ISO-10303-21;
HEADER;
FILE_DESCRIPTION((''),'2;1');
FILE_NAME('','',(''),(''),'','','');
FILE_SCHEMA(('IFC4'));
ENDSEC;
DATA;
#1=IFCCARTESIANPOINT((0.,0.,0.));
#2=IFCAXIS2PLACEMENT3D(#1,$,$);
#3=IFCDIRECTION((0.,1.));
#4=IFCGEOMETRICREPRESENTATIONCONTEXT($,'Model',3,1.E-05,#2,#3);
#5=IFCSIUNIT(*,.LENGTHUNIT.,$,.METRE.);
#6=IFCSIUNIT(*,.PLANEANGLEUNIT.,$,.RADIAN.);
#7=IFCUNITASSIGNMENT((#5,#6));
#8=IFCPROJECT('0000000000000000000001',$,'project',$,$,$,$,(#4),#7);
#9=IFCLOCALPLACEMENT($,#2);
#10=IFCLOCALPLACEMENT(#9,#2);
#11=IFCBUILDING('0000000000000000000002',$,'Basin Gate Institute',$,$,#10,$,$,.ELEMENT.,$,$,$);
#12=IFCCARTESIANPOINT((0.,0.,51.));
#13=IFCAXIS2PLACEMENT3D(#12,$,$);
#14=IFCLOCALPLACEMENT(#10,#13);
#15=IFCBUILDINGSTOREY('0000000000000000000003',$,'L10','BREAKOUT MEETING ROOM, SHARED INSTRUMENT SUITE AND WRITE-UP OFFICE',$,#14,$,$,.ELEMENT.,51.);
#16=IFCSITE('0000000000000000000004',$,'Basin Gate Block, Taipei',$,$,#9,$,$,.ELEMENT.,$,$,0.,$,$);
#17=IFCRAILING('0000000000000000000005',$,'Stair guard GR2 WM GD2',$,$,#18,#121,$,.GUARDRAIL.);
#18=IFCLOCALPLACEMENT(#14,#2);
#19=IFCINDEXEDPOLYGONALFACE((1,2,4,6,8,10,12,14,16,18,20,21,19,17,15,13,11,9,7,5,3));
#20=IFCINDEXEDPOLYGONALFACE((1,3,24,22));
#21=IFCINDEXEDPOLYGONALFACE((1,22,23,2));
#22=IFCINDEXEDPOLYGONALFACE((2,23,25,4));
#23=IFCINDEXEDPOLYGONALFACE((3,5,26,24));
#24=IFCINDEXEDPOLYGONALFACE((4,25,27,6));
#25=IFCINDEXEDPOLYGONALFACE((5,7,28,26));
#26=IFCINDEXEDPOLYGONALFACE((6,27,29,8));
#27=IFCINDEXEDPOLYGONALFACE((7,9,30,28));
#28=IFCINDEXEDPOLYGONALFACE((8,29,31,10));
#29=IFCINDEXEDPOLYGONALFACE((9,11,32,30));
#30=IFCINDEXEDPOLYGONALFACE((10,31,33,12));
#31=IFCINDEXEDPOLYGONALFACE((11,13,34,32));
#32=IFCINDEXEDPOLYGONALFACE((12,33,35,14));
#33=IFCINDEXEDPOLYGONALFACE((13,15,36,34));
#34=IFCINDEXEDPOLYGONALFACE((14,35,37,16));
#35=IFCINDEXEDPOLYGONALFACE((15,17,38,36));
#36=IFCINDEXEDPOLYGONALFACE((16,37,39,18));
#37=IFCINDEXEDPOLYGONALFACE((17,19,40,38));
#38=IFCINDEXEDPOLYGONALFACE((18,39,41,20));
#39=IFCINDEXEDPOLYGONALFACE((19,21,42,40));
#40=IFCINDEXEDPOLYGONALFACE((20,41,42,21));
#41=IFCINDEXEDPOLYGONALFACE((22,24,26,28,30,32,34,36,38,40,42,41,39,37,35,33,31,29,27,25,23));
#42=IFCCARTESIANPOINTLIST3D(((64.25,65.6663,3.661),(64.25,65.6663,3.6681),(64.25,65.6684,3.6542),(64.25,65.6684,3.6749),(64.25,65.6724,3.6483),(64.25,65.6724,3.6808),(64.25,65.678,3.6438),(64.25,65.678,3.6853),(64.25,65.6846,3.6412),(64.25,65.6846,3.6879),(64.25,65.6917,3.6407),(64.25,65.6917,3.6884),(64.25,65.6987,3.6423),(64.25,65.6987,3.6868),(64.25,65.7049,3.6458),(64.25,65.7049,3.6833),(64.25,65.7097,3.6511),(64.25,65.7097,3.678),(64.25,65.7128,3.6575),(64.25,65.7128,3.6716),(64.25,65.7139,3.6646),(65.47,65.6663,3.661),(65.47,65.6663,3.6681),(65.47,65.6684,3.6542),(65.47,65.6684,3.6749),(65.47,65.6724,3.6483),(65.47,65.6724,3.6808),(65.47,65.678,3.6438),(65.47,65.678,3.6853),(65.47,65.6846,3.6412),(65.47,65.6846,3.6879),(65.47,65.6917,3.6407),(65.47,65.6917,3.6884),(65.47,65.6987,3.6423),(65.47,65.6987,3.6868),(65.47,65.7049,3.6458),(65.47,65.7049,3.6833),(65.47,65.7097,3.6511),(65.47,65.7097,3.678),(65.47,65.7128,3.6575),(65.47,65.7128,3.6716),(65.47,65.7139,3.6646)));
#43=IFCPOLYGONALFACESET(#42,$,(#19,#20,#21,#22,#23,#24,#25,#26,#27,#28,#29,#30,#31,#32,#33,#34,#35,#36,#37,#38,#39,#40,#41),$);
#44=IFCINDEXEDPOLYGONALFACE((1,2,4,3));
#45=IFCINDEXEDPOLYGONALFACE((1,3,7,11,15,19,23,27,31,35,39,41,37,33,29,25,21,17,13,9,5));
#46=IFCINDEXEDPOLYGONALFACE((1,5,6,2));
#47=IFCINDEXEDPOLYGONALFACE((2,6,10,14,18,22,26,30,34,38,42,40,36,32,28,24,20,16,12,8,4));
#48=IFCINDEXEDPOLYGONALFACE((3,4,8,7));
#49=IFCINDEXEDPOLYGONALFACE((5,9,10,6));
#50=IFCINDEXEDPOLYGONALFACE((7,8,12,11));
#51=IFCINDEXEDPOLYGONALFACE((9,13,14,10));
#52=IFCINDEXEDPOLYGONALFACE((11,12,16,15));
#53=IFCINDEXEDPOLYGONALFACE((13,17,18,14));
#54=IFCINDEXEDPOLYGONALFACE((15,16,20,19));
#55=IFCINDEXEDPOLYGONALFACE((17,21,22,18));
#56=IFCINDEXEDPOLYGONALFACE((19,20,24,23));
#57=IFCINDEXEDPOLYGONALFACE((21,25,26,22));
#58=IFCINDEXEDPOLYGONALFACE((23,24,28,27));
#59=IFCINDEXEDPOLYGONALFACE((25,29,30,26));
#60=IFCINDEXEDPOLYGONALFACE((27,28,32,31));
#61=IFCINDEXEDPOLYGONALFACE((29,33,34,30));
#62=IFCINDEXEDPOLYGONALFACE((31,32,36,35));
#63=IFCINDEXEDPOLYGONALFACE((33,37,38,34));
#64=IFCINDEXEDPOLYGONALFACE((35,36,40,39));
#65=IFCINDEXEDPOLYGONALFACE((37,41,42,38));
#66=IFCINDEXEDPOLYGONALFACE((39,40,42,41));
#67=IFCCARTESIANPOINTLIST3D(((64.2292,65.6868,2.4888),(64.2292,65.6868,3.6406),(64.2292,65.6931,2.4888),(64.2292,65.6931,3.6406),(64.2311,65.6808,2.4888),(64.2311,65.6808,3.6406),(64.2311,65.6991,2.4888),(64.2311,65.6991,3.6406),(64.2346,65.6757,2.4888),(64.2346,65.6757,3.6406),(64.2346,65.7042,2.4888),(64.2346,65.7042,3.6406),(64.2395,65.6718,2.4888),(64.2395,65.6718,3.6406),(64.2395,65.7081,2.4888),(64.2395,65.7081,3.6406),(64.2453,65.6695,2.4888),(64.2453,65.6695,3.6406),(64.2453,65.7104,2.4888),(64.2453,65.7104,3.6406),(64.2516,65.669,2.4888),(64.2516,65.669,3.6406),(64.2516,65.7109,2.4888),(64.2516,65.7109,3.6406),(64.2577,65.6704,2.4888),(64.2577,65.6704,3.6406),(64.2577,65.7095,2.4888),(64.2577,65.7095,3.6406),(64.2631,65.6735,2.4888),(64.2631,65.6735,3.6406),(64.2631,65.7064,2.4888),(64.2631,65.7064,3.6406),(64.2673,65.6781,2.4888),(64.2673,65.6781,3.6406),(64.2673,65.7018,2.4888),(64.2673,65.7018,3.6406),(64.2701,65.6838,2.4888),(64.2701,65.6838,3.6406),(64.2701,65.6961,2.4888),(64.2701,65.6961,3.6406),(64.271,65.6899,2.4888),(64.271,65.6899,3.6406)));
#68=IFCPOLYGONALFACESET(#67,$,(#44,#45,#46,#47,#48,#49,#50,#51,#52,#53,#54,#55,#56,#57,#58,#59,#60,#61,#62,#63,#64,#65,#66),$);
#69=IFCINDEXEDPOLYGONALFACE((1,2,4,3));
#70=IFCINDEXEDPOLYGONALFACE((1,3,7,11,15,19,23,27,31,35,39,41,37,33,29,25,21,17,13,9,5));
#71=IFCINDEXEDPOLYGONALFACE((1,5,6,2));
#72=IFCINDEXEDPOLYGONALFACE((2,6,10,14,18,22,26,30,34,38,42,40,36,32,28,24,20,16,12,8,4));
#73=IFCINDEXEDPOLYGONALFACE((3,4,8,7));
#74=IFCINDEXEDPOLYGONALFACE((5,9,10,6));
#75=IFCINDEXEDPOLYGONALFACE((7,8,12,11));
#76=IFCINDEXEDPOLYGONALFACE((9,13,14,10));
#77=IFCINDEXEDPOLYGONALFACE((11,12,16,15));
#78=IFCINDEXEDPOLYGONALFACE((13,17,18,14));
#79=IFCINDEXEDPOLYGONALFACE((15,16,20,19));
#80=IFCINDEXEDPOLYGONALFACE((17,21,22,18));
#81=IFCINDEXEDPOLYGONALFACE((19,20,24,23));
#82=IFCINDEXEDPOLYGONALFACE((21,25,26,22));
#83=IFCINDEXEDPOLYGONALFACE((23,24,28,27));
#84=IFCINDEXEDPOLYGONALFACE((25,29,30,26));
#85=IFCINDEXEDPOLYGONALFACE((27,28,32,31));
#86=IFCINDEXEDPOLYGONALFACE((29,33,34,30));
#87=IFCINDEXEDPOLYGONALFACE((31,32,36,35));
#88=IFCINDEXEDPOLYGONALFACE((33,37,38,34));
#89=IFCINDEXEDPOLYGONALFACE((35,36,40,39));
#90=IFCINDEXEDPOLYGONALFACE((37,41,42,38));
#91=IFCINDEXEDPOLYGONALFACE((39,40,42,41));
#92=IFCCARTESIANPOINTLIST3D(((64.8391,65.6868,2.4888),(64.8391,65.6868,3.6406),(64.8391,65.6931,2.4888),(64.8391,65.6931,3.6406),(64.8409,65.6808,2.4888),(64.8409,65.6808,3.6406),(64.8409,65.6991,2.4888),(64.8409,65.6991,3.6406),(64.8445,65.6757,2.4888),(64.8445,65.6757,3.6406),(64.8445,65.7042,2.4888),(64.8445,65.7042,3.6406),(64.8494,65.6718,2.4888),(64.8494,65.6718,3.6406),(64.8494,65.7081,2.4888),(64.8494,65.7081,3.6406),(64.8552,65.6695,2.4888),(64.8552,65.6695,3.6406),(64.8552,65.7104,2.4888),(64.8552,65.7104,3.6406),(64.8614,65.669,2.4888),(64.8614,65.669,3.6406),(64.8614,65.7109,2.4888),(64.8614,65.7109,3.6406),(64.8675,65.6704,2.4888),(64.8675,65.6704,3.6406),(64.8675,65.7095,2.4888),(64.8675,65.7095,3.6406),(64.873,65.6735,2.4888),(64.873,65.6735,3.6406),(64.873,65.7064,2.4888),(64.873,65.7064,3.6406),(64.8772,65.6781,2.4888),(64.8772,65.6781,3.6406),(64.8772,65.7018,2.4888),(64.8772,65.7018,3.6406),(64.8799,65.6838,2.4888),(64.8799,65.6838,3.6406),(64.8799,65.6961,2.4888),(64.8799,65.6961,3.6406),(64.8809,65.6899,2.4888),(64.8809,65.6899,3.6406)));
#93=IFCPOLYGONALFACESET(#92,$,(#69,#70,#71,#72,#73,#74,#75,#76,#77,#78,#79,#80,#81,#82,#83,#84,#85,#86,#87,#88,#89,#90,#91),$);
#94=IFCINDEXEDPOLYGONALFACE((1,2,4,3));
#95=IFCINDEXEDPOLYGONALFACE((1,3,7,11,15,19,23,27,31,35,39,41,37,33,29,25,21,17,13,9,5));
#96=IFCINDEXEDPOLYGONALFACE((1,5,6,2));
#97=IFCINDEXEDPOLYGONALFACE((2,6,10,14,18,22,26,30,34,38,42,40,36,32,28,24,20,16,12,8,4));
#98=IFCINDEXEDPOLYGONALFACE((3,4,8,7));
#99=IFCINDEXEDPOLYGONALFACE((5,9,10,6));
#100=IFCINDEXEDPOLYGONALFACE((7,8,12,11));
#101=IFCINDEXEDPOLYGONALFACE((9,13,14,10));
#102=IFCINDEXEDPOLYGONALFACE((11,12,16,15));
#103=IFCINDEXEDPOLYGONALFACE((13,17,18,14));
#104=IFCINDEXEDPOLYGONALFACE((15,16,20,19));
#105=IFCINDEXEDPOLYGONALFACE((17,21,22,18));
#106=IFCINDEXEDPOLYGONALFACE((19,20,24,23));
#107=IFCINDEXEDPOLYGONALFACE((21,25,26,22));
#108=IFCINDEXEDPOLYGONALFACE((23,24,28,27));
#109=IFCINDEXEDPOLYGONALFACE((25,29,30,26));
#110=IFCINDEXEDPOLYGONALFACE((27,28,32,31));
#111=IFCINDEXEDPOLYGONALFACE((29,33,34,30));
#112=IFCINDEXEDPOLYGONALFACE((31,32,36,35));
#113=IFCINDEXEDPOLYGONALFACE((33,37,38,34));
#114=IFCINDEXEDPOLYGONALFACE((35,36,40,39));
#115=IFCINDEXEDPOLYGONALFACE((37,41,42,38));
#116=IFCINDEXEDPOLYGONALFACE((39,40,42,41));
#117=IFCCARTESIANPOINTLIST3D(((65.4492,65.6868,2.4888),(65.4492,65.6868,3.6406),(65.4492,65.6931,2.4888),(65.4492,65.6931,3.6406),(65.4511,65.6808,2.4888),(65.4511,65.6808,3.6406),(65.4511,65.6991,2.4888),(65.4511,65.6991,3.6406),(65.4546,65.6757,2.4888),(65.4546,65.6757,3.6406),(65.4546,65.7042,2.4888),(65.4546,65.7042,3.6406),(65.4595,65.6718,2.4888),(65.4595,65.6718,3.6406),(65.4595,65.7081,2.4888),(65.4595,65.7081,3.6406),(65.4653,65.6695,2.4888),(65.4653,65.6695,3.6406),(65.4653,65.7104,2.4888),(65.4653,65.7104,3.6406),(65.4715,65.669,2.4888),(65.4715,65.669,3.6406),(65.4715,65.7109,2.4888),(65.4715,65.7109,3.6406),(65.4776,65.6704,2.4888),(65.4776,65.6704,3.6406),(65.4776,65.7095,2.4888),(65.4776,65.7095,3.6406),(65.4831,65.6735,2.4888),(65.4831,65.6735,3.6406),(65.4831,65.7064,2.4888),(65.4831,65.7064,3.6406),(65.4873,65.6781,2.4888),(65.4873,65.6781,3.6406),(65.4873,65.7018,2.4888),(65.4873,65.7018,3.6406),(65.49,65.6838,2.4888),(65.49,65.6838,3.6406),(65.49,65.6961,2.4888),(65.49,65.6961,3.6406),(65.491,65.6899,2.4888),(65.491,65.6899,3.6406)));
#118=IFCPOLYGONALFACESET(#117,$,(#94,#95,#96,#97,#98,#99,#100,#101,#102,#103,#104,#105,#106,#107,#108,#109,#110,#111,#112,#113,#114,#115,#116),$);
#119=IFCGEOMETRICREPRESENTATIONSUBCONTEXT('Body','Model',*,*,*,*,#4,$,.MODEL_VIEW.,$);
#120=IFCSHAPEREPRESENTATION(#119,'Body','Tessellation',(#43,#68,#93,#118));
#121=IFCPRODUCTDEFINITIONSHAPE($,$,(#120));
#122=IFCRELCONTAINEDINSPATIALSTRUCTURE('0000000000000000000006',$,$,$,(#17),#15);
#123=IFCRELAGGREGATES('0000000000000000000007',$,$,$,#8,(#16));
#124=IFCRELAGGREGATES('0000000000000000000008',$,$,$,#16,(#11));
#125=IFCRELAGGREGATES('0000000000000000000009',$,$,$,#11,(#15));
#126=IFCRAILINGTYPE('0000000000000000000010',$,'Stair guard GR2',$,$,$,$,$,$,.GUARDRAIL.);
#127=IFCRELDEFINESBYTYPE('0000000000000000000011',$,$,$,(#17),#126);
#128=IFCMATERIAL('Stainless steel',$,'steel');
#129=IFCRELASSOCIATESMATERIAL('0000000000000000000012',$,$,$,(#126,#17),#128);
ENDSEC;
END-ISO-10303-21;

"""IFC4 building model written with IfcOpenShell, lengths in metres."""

from ifc_helpers import new_model, si_unit, direction, frame, origin, origin_2d, place, context, subcontext, project, spatial, circle, extrude, material, type_object, element, save


model = new_model("IFC4")

# Units and contexts
model_context = context("Model", 3, precision=1e-05, world=origin(), true_north=direction((0.0, 1.0)))
body_context = subcontext(model_context, "Body", "Model", "MODEL_VIEW")
ifc_project = project(units=[si_unit("LENGTHUNIT", "METRE"), si_unit("PLANEANGLEUNIT", "RADIAN")], contexts=[model_context])

# Site, building, storey
site_placement = place(None, origin())
site = spatial("IfcSite", under=ifc_project, at=site_placement, Name="Basin Gate Block, Taipei", CompositionType="ELEMENT", RefElevation=0.0)
building_placement = place(site_placement, origin())
building = spatial("IfcBuilding", under=site, at=building_placement, Name="Basin Gate Institute", CompositionType="ELEMENT")
storey_placement = place(building_placement, frame((0.0, 0.0, 51.0)))
storey = spatial("IfcBuildingStorey", under=building, at=storey_placement, Name="L10", Description="BREAKOUT MEETING ROOM, SHARED INSTRUMENT SUITE AND WRITE-UP OFFICE", CompositionType="ELEMENT", Elevation=51.0)

# Railing
ifc_material_1 = material(Name="Stainless steel", Category="steel")
railing_type_1 = type_object("IfcRailingType", Name="Stair guard GR2", PredefinedType="GUARDRAIL", material=ifc_material_1)
railing_1_placement = place(storey_placement, frame((64.25, 65.6899, 2.4888)))
element("IfcRailing", 1, at=railing_1_placement, inside=storey, type_object=railing_type_1, material=ifc_material_1, Name="Stair guard GR2 WM GD2", PredefinedType="GUARDRAIL", context=body_context, shape_type="SweptSolid", body=[
    extrude(circle(Radius=0.0239, at=origin_2d()), frame((0.0, 0.0, 1.1758), z_axis=(1.0, 0.0, 0.0), x_axis=(0.0, 1.0, 0.0)), (0.0, 0.0, 1.0), 1.22),
    extrude(circle(Radius=0.021, at=origin_2d()), origin(), (0.0, 0.0, 1.0), 1.1519),
    extrude(circle(Radius=0.021, at=origin_2d()), frame((0.6099, 0.0, 0.0)), (0.0, 0.0, 1.0), 1.1519),
    extrude(circle(Radius=0.021, at=origin_2d()), frame((1.22, 0.0, 0.0)), (0.0, 0.0, 1.0), 1.1519),
])

save(model, "model.ifc")
